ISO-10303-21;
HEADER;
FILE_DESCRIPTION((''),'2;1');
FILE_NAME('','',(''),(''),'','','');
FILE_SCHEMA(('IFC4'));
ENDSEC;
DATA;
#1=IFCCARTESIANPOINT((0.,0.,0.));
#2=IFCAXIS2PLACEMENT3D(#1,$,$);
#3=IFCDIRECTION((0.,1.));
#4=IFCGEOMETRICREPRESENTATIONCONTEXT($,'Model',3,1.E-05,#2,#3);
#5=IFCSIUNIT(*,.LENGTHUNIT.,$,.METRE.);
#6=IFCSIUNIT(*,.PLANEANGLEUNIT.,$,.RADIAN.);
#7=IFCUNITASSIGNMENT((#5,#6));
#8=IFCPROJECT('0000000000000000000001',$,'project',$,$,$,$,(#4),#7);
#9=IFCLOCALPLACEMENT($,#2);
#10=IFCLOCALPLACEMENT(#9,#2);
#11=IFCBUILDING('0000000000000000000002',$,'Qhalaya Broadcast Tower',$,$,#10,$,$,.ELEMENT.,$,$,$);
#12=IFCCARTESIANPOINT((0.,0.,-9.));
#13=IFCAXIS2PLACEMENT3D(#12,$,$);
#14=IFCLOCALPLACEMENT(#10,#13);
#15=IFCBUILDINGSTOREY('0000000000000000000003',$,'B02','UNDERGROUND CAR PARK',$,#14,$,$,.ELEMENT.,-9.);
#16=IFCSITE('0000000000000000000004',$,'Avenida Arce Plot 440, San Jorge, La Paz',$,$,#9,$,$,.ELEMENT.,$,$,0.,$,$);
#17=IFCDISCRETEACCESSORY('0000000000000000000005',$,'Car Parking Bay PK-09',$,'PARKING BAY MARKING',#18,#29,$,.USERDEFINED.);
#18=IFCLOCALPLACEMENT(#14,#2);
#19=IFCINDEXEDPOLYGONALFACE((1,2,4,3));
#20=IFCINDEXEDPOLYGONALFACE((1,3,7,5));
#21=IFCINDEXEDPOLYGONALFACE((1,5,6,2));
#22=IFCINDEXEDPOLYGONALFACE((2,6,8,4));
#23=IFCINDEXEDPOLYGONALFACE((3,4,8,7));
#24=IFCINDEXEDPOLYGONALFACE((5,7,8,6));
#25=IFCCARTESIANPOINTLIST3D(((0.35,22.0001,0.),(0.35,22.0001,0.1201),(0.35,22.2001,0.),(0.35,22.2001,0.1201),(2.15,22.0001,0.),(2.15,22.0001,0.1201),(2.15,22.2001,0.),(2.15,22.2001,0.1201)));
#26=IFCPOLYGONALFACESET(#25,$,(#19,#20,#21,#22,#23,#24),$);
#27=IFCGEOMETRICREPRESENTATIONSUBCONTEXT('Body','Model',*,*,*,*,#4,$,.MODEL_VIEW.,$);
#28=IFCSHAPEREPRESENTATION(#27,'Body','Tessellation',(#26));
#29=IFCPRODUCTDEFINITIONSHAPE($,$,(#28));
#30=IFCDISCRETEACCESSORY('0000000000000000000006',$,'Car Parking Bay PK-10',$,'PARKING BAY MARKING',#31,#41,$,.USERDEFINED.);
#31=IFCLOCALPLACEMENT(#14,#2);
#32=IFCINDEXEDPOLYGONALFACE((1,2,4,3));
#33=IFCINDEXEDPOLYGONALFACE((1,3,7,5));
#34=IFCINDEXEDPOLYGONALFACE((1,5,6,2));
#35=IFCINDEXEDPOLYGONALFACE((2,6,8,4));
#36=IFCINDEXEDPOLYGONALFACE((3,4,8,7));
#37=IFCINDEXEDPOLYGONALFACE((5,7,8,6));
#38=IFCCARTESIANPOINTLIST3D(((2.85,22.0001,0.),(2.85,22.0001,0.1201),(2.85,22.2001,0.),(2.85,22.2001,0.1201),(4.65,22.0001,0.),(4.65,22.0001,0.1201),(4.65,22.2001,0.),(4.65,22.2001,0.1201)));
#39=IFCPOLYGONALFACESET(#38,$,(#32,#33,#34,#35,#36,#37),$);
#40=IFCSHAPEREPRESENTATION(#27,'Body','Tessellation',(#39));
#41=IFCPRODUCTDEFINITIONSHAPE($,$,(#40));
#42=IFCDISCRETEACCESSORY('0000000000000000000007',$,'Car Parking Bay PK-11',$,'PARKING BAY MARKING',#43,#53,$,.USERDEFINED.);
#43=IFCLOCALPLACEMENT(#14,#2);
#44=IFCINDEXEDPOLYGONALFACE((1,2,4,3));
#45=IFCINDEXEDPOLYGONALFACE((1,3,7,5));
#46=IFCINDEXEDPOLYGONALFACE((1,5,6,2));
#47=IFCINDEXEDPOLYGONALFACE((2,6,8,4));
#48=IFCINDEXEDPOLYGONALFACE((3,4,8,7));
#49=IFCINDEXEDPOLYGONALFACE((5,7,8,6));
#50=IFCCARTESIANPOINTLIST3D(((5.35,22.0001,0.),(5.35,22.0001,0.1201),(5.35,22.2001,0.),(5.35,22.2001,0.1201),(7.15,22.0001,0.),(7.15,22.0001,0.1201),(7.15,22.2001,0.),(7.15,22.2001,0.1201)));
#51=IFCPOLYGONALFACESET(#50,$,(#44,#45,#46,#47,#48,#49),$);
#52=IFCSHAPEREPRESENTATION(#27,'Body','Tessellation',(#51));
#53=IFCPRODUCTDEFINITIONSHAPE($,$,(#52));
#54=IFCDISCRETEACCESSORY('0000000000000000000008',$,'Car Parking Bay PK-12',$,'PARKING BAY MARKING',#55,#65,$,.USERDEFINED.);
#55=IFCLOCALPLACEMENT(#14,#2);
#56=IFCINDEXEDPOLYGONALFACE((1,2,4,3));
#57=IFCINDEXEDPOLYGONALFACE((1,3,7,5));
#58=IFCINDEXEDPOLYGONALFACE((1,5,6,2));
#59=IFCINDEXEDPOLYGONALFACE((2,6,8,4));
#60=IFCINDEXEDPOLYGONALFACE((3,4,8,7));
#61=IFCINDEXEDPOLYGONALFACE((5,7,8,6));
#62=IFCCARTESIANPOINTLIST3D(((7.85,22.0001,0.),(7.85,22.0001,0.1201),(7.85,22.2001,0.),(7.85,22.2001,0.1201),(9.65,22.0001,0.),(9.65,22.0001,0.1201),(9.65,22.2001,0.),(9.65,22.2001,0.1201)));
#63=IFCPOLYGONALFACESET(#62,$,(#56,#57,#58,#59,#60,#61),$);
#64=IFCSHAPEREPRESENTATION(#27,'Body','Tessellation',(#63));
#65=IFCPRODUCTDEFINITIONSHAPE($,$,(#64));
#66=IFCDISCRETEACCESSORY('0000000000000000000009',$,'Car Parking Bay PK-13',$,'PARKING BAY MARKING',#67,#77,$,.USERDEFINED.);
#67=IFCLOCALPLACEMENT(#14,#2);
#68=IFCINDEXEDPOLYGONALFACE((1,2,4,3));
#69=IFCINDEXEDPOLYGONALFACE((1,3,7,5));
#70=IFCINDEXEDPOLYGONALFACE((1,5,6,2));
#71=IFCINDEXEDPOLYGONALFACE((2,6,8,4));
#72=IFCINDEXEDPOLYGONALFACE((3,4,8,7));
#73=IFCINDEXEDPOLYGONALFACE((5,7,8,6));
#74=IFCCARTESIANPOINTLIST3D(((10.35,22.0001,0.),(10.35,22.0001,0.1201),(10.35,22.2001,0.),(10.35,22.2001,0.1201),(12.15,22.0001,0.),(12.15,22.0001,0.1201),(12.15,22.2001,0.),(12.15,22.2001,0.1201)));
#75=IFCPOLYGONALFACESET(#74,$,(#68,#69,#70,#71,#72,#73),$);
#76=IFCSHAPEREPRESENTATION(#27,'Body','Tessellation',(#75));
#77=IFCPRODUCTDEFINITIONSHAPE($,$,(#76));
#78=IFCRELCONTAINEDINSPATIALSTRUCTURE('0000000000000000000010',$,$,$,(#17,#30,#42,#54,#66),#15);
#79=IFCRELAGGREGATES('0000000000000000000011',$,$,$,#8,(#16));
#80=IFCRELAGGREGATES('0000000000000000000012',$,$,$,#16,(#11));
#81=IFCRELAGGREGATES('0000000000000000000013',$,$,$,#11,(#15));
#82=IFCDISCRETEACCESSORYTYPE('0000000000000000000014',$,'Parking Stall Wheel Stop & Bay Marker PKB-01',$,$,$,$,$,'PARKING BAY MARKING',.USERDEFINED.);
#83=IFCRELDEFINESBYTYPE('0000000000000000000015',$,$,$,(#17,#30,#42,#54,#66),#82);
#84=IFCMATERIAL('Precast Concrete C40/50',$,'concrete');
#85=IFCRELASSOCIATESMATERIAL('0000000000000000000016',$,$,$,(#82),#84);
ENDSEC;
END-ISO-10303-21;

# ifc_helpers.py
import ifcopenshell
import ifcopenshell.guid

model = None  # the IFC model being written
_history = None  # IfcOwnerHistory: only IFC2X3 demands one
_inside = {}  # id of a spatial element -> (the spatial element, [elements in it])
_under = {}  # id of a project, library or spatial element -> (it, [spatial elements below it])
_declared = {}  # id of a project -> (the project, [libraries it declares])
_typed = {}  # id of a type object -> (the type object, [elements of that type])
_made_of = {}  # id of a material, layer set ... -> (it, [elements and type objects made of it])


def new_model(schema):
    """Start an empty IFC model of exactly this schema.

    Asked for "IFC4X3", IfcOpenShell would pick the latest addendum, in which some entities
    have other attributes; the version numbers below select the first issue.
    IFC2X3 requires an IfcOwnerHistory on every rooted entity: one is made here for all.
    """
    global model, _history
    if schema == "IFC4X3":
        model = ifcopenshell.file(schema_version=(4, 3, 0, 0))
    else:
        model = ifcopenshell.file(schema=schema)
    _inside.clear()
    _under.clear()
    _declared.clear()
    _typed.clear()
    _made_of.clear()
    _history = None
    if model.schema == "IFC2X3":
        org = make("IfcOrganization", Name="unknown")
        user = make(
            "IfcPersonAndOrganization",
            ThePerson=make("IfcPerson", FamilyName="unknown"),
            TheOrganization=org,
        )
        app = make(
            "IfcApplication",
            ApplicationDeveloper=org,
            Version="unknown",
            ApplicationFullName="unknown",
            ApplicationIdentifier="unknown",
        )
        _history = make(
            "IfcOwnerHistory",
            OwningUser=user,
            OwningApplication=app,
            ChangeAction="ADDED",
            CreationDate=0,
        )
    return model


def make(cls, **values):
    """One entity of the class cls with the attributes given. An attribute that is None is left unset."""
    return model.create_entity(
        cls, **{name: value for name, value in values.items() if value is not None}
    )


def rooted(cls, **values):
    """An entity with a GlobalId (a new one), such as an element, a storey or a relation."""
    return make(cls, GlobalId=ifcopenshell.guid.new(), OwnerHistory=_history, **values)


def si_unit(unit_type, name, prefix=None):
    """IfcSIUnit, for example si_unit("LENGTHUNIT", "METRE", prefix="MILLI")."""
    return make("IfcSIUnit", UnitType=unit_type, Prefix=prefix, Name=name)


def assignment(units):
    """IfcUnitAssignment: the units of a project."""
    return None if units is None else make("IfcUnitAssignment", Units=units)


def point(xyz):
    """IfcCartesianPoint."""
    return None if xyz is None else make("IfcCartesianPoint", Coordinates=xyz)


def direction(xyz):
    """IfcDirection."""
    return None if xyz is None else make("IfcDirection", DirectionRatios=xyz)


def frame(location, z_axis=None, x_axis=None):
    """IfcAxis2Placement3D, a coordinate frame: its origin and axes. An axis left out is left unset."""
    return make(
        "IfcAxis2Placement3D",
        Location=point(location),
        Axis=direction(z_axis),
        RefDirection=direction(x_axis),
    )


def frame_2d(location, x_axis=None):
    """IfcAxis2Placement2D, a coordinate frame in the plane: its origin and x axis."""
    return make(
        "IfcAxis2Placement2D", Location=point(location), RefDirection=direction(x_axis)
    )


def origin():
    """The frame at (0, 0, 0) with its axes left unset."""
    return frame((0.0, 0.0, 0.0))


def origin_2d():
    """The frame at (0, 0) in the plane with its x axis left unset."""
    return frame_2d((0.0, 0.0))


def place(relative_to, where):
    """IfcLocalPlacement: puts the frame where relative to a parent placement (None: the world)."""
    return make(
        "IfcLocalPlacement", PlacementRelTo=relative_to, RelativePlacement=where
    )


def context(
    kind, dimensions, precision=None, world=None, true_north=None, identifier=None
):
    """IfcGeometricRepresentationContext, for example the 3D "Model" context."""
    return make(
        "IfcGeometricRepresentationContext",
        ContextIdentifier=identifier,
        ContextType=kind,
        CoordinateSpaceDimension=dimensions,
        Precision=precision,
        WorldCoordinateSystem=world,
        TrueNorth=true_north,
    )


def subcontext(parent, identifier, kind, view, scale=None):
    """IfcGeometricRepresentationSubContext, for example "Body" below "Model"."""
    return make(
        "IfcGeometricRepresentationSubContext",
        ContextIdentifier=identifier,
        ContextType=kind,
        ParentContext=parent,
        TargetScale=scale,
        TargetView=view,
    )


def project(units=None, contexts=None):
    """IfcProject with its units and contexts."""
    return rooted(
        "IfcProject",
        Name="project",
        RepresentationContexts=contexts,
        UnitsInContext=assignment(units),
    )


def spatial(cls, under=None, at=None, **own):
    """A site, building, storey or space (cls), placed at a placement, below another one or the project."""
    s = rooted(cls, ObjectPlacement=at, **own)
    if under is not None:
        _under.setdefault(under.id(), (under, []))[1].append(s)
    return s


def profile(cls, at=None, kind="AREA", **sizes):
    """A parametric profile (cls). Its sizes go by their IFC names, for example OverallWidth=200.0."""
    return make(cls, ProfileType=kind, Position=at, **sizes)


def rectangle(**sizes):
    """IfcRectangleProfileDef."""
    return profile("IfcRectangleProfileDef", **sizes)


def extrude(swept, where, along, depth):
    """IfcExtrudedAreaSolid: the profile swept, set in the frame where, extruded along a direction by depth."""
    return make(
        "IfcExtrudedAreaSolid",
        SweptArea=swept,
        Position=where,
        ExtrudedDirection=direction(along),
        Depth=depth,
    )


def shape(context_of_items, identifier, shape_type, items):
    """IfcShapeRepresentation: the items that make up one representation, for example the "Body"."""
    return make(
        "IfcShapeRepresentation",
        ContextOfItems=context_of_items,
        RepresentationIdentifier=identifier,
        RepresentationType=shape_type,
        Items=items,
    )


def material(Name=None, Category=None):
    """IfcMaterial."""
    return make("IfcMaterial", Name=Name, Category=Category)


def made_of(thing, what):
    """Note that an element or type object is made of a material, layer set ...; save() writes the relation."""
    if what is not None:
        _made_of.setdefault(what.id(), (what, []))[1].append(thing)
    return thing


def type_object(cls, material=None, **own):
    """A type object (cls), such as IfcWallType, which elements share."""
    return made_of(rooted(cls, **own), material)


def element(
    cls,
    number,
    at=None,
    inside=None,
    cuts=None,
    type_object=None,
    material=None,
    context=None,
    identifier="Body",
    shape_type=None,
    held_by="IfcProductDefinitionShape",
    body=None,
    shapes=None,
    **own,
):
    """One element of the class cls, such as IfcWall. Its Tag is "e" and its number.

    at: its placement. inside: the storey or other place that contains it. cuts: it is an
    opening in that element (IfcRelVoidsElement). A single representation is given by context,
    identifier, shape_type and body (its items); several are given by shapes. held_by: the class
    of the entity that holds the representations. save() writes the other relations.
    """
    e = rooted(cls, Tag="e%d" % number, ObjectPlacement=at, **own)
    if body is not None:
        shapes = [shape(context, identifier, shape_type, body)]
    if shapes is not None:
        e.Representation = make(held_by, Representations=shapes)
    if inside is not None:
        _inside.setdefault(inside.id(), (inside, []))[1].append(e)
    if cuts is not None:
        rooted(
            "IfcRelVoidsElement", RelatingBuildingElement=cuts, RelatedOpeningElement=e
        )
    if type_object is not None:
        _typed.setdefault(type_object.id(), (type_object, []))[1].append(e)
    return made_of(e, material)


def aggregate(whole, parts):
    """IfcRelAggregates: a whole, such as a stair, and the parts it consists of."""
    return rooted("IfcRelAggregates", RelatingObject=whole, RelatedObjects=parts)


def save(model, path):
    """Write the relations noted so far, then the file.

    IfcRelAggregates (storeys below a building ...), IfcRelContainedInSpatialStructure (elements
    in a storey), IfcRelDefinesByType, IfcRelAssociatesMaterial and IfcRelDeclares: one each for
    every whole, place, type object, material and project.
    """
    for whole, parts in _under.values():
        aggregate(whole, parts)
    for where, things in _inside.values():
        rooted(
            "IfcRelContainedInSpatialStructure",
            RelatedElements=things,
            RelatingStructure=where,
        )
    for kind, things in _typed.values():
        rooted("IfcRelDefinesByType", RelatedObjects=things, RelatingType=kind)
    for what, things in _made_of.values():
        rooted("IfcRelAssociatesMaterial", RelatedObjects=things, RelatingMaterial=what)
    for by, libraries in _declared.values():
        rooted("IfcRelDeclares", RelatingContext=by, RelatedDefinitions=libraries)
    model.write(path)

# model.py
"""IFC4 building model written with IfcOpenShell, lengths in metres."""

from ifc_helpers import new_model, si_unit, direction, frame, origin, origin_2d, place, context, subcontext, project, spatial, rectangle, extrude, material, type_object, element, save


model = new_model("IFC4")

# Units and contexts
model_context = context("Model", 3, precision=1e-05, world=origin(), true_north=direction((0.0, 1.0)))
body_context = subcontext(model_context, "Body", "Model", "MODEL_VIEW")
ifc_project = project(units=[si_unit("LENGTHUNIT", "METRE"), si_unit("PLANEANGLEUNIT", "RADIAN")], contexts=[model_context])

# Site, building, storey
site_placement = place(None, origin())
site = spatial("IfcSite", under=ifc_project, at=site_placement, Name="Avenida Arce Plot 440, San Jorge, La Paz", CompositionType="ELEMENT", RefElevation=0.0)
building_placement = place(site_placement, origin())
building = spatial("IfcBuilding", under=site, at=building_placement, Name="Qhalaya Broadcast Tower", CompositionType="ELEMENT")
storey_placement = place(building_placement, frame((0.0, 0.0, -9.0)))
storey = spatial("IfcBuildingStorey", under=building, at=storey_placement, Name="B02", Description="UNDERGROUND CAR PARK", CompositionType="ELEMENT", Elevation=-9.0)

# Shared definitions
ifc_material_1 = material(Name="Precast Concrete C40/50", Category="concrete")

# Discrete accessories
discrete_accessory_type = type_object("IfcDiscreteAccessoryType", Name="Parking Stall Wheel Stop & Bay Marker PKB-01", ElementType="PARKING BAY MARKING", PredefinedType="USERDEFINED", material=ifc_material_1)
for number, where, z_axis, x_axis, name in (
    (1, (1.25, 22.1001, 0.0), (0.0, 0.0, 1.0), (1.0, 0.0, 0.0), "Car Parking Bay PK-09"),
    (2, (3.75, 22.1001, 0.0), (0.0, 0.0, 1.0), (1.0, 0.0, 0.0), "Car Parking Bay PK-10"),
    (3, (6.25, 22.1001, 0.0), (0.0, 0.0, 1.0), (1.0, 0.0, 0.0), "Car Parking Bay PK-11"),
    (4, (8.75, 22.1001, 0.0), (0.0, 0.0, 1.0), (1.0, 0.0, 0.0), "Car Parking Bay PK-12"),
    (5, (11.25, 22.1001, 0.0), (0.0, 0.0, 1.0), (1.0, 0.0, 0.0), "Car Parking Bay PK-13"),
):
    element("IfcDiscreteAccessory", number, at=place(storey_placement, frame(where, z_axis=z_axis, x_axis=x_axis)), inside=storey, type_object=discrete_accessory_type, Name=name, ObjectType="PARKING BAY MARKING", PredefinedType="USERDEFINED", context=body_context, shape_type="SweptSolid", body=[
        extrude(rectangle(XDim=1.8, YDim=0.2, at=origin_2d()), origin(), (0.0, 0.0, 1.0), 0.1201),
    ])

save(model, "model.ifc")
